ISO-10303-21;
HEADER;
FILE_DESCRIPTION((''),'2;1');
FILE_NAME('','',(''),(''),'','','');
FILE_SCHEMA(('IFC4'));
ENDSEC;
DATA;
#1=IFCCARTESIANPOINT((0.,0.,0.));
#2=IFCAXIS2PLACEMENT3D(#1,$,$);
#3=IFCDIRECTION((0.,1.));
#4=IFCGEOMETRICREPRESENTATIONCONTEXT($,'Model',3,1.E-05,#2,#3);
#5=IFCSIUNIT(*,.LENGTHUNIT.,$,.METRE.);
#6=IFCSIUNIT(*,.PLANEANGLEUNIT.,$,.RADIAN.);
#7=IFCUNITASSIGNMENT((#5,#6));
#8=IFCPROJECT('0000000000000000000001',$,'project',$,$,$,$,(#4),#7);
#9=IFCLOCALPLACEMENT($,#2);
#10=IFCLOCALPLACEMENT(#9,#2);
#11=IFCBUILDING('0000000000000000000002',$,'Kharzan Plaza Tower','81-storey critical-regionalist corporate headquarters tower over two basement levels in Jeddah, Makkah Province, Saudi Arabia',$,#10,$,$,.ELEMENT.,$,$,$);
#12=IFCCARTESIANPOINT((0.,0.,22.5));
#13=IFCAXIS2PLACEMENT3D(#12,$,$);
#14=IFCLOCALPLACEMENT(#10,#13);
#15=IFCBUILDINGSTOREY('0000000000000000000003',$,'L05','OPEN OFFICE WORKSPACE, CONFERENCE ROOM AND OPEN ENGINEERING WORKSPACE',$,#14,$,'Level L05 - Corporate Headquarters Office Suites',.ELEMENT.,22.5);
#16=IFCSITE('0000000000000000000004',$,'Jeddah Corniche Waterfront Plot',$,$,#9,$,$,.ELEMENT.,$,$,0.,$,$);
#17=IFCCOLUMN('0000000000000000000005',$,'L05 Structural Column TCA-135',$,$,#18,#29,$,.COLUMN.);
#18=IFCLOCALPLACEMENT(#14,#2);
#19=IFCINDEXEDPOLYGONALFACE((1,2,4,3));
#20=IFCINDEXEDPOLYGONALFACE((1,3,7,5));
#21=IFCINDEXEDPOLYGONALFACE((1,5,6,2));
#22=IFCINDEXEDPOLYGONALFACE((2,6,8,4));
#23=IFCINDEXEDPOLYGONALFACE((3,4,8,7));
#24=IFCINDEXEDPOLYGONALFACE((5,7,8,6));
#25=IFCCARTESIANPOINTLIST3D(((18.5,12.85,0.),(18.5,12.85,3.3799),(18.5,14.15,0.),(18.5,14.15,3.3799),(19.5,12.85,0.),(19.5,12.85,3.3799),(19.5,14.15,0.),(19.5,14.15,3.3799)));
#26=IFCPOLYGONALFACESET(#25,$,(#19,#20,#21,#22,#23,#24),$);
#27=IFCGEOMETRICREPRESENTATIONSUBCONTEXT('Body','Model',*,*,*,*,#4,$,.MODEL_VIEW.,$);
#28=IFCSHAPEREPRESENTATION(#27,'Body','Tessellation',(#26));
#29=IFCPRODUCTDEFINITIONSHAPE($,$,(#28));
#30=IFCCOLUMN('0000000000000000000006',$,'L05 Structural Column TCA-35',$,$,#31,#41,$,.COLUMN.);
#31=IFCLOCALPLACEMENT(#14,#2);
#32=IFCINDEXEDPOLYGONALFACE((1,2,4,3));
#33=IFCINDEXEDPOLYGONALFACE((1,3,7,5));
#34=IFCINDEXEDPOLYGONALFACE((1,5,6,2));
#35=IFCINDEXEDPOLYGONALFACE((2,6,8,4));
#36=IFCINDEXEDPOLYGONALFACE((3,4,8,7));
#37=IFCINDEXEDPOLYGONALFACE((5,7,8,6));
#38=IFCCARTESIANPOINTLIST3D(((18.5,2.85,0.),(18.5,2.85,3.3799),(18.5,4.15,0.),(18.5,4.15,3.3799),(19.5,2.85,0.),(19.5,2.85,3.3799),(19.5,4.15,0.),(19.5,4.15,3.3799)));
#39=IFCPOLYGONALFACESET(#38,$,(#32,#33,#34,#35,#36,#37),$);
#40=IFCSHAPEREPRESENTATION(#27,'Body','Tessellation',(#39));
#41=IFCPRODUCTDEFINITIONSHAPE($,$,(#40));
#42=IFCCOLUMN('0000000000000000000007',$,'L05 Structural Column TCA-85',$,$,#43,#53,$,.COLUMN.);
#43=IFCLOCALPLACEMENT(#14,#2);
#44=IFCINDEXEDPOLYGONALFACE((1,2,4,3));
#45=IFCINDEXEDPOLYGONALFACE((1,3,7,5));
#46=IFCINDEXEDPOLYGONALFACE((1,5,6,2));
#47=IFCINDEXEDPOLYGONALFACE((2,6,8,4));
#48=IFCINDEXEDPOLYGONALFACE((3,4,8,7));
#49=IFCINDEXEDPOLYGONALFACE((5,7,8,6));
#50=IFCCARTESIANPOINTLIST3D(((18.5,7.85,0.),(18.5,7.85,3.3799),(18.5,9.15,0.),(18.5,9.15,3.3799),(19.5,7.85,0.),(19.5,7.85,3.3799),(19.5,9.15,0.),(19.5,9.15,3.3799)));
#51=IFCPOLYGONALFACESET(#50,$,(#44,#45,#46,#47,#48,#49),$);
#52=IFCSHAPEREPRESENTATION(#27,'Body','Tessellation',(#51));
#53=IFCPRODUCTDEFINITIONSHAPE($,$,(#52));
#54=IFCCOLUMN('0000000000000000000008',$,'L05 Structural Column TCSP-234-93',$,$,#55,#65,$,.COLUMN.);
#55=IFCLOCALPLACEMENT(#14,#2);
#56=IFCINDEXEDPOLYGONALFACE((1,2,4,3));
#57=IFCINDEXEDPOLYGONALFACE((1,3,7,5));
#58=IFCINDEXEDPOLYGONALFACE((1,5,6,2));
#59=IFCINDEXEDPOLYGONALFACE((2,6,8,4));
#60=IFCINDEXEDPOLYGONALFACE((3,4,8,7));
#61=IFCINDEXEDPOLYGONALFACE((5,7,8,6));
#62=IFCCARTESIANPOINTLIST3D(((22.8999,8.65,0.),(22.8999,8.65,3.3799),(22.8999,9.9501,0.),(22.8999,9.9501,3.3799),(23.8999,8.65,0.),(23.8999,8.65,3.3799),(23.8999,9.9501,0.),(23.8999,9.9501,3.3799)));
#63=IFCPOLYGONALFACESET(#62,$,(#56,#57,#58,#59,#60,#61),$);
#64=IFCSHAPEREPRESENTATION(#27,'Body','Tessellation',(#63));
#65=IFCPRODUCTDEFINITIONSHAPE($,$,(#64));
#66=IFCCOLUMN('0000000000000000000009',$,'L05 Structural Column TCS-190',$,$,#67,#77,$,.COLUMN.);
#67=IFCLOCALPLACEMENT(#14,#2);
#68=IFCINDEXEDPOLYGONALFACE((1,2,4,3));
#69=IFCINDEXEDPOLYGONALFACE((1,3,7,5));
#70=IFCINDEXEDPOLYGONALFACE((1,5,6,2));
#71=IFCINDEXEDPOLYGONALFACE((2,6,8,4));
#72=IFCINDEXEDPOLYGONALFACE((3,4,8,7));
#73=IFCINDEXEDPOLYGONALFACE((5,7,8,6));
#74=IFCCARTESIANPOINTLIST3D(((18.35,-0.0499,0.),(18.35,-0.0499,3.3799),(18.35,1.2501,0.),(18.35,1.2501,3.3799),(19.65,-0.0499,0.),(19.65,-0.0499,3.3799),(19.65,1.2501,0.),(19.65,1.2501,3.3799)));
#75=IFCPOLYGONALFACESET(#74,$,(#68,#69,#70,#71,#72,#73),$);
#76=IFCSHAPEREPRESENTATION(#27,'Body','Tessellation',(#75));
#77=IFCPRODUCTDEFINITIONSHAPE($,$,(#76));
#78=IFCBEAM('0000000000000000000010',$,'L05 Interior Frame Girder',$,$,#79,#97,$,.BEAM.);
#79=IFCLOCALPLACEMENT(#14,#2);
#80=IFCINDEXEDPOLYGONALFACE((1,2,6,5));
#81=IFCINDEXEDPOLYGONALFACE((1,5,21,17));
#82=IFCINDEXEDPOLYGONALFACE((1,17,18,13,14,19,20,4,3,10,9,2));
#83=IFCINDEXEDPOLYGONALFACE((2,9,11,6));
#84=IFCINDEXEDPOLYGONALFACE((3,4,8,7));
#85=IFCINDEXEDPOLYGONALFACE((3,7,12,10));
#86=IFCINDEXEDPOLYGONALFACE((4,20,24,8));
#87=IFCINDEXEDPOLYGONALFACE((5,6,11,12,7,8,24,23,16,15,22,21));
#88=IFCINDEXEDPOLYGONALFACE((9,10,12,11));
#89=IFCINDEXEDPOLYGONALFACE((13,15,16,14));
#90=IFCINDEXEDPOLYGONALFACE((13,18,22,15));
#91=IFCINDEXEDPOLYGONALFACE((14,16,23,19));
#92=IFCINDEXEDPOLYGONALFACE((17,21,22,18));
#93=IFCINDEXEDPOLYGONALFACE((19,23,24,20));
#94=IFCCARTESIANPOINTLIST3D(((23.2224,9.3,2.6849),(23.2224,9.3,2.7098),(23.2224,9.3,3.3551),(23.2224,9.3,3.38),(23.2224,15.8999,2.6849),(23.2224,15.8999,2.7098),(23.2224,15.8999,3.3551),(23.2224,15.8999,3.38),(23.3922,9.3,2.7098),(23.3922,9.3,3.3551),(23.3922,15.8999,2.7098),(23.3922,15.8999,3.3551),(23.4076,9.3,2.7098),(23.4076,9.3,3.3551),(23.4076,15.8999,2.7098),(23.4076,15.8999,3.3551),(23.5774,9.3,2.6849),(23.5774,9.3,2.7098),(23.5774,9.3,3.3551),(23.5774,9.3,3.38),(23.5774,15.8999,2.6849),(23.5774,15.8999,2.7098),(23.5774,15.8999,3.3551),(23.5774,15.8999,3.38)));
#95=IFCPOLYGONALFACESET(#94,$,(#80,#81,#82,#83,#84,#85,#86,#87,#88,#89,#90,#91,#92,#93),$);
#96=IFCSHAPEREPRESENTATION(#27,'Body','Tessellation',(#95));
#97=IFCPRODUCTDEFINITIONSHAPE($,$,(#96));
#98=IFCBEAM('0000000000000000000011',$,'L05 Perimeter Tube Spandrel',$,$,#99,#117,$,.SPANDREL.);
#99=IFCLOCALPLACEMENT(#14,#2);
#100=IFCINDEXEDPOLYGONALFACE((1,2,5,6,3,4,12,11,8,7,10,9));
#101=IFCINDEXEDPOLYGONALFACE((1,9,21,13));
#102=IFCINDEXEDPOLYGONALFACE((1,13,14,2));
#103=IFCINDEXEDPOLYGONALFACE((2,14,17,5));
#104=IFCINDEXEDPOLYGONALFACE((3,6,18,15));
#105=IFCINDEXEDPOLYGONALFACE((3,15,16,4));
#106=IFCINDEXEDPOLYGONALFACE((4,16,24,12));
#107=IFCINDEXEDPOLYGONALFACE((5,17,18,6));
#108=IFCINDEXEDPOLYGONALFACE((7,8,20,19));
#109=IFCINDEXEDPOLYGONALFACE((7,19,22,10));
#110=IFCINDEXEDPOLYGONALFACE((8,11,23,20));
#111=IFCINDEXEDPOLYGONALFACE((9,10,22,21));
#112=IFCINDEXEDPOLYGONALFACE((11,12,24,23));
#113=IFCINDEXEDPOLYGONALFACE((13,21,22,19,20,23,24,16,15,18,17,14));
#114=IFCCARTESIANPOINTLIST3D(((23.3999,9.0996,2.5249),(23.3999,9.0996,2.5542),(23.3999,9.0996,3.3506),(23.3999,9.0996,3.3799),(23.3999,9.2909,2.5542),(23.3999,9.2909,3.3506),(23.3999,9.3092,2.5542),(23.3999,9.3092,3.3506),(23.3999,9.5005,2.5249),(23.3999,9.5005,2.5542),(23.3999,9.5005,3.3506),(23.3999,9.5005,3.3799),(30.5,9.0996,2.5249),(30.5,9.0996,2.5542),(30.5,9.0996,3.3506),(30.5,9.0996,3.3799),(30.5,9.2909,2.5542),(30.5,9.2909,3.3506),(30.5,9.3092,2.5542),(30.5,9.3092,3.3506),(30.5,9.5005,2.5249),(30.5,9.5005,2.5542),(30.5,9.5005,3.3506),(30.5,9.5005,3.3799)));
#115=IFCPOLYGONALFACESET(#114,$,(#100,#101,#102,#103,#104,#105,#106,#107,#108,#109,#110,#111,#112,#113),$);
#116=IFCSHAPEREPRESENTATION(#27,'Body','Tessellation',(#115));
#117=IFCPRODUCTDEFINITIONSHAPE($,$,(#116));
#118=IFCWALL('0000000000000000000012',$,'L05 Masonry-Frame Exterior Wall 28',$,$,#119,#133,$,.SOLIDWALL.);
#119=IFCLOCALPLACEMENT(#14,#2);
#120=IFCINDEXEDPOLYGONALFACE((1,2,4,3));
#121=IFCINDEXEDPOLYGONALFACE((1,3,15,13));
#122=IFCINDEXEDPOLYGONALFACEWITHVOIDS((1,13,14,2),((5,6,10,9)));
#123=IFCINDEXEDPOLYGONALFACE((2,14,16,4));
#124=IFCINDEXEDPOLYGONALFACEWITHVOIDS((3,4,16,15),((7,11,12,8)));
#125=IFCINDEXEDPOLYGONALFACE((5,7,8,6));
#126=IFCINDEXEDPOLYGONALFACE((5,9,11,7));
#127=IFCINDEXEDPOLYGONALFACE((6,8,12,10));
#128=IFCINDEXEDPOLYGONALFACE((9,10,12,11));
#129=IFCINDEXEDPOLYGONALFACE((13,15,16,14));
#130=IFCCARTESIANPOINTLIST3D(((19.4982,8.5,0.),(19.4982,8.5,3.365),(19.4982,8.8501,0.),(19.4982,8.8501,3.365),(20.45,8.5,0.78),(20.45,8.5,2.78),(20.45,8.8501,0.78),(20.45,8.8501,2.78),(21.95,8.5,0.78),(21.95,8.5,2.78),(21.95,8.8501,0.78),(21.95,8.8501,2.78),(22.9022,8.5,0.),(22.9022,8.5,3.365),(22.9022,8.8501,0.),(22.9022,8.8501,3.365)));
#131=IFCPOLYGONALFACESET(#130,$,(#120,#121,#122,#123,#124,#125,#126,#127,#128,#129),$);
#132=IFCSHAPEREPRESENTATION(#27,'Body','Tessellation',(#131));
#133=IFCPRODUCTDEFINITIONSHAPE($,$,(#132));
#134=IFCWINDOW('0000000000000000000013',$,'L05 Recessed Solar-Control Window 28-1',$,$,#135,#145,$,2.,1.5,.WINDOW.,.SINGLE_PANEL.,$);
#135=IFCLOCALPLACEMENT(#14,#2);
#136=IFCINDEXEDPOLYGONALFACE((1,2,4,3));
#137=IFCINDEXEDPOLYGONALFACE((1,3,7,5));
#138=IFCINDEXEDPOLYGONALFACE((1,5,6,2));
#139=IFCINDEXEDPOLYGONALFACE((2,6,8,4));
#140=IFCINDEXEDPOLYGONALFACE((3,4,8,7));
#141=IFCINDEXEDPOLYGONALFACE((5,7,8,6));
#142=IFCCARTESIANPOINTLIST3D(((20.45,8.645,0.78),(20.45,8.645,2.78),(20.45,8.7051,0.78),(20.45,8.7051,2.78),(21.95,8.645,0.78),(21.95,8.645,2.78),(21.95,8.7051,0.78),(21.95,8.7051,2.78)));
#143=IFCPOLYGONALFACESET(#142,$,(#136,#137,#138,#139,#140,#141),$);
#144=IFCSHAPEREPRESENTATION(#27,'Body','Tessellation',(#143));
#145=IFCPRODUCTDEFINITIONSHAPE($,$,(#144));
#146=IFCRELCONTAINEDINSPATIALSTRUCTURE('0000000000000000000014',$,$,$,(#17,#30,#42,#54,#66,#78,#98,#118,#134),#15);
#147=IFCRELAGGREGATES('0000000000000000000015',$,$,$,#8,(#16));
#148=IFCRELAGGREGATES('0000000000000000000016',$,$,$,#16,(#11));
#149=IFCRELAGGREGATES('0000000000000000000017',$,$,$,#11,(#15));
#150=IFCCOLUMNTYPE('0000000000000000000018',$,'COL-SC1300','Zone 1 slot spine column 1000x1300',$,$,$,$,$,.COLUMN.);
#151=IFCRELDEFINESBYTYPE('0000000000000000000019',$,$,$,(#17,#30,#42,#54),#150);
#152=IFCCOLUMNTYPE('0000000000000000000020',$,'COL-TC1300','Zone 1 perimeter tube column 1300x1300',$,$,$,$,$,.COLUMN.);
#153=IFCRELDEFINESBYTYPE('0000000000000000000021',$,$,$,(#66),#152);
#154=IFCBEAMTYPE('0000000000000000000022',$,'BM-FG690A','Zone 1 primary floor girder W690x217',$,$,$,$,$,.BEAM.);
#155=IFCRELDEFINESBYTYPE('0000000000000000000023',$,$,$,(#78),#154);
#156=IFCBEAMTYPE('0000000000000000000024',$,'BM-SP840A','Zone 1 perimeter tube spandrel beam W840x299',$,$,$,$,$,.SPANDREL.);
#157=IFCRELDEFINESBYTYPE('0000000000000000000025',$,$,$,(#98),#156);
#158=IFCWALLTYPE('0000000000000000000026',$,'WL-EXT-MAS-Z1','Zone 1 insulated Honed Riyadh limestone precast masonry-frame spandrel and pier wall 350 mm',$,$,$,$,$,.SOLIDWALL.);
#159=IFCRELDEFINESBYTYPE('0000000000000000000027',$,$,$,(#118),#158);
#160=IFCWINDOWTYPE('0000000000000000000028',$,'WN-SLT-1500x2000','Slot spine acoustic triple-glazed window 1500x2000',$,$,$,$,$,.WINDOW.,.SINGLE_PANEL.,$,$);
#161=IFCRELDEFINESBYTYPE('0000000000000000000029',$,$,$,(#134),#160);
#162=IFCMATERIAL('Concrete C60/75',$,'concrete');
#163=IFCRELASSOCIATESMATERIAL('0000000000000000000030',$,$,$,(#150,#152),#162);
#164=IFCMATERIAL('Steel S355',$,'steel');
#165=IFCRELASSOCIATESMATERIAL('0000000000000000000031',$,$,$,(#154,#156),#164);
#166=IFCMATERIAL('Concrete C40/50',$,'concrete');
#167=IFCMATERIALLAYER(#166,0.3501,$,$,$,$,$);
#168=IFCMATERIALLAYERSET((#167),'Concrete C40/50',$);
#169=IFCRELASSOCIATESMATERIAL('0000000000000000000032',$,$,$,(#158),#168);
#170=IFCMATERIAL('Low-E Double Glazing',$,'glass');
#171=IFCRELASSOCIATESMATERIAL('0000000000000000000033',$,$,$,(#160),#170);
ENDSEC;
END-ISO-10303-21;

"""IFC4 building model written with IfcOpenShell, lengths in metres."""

from ifc_helpers import new_model, si_unit, direction, frame, frame_2d, origin, origin_2d, place, context, subcontext, project, spatial, rectangle, i_section, extrude, source, transform, mapped, material, layer, layer_set, material_profile, profile_set, type_object, element, fill, save


model = new_model("IFC4")

# Units and contexts
model_context = context("Model", 3, precision=1e-05, world=origin(), true_north=direction((0.0, 1.0)))
body_context = subcontext(model_context, "Body", "Model", "MODEL_VIEW")
ifc_project = project(units=[si_unit("LENGTHUNIT", "METRE"), si_unit("PLANEANGLEUNIT", "RADIAN")], contexts=[model_context])

# Site, building, storey
site_placement = place(None, origin())
site = spatial("IfcSite", under=ifc_project, at=site_placement, Name="Jeddah Corniche Waterfront Plot", CompositionType="ELEMENT", RefElevation=0.0)
building_placement = place(site_placement, origin())
building = spatial("IfcBuilding", under=site, at=building_placement, Name="Kharzan Plaza Tower", Description="81-storey critical-regionalist corporate headquarters tower over two basement levels in Jeddah, Makkah Province, Saudi Arabia", CompositionType="ELEMENT")
storey_placement = place(building_placement, frame((0.0, 0.0, 22.5)))
storey = spatial("IfcBuildingStorey", under=building, at=storey_placement, Name="L05", Description="OPEN OFFICE WORKSPACE, CONFERENCE ROOM AND OPEN ENGINEERING WORKSPACE", LongName="Level L05 - Corporate Headquarters Office Suites", CompositionType="ELEMENT", Elevation=22.5)

# Columns
ifc_material_1 = material(Name="Concrete C60/75", Category="concrete")
ifc_material_profile_1 = material_profile(ifc_material_1, rectangle(XDim=1.0, YDim=1.3, at=origin_2d()), Name="RC-SC1300x1000")
ifc_profile_set_1 = profile_set([ifc_material_profile_1], Name="Concrete C60/75")
column_type_1 = type_object("IfcColumnType", Name="COL-SC1300", Description="Zone 1 slot spine column 1000x1300", PredefinedType="COLUMN", material=ifc_profile_set_1)
shared_shape_1 = source(origin(), body_context, "Body", "SweptSolid", [
    extrude(rectangle(XDim=1.0, YDim=1.3, at=origin_2d()), origin(), (0.0, 0.0, 1.0), 3.3799),
])
for number, where, z_axis, x_axis, name in (
    (1, (19.0, 13.5, 0.0), (0.0, 0.0, 1.0), (1.0, 0.0, 0.0), "L05 Structural Column TCA-135"),
    (2, (19.0, 3.5, 0.0), (0.0, 0.0, 1.0), (1.0, 0.0, 0.0), "L05 Structural Column TCA-35"),
    (3, (19.0, 8.5, 0.0), (0.0, 0.0, 1.0), (1.0, 0.0, 0.0), "L05 Structural Column TCA-85"),
    (4, (23.3999, 9.3, 0.0), (0.0, 0.0, 1.0), (1.0, 0.0, 0.0), "L05 Structural Column TCSP-234-93"),
):
    element("IfcColumn", number, at=place(storey_placement, frame(where, z_axis=z_axis, x_axis=x_axis)), inside=storey, type_object=column_type_1, Name=name, PredefinedType="COLUMN", context=body_context, shape_type="MappedRepresentation", body=[
        mapped(shared_shape_1, transform((0.0, 0.0, 0.0), x_axis=(1.0, 0.0, 0.0), y_axis=(0.0, 1.0, 0.0), z_axis=(0.0, 0.0, 1.0))),
    ])
ifc_material_profile_2 = material_profile(ifc_material_1, rectangle(XDim=1.3, YDim=1.3, at=origin_2d()), Name="RC-TC1300x1300")
ifc_profile_set_2 = profile_set([ifc_material_profile_2], Name="Concrete C60/75")
column_type_2 = type_object("IfcColumnType", Name="COL-TC1300", Description="Zone 1 perimeter tube column 1300x1300", PredefinedType="COLUMN", material=ifc_profile_set_2)
shared_shape_2 = source(origin(), body_context, "Body", "SweptSolid", [
    extrude(rectangle(XDim=1.3, YDim=1.3, at=origin_2d()), origin(), (0.0, 0.0, 1.0), 3.3799),
])
column_placement = place(storey_placement, frame((19.0, 0.6001, 0.0), z_axis=(0.0, 0.0, 1.0), x_axis=(1.0, 0.0, 0.0)))
element("IfcColumn", 5, at=column_placement, inside=storey, type_object=column_type_2, Name="L05 Structural Column TCS-190", PredefinedType="COLUMN", context=body_context, shape_type="MappedRepresentation", body=[
    mapped(shared_shape_2, transform((0.0, 0.0, 0.0), x_axis=(1.0, 0.0, 0.0), y_axis=(0.0, 1.0, 0.0), z_axis=(0.0, 0.0, 1.0))),
])

# Beams
ifc_material_2 = material(Name="Steel S355", Category="steel")
ifc_material_profile_3 = material_profile(ifc_material_2, i_section(OverallWidth=0.355, OverallDepth=0.6951, WebThickness=0.0154, FlangeThickness=0.0249, at=origin_2d()), Name="W690x217")
ifc_profile_set_3 = profile_set([ifc_material_profile_3], Name="Steel S355")
beam_type_1 = type_object("IfcBeamType", Name="BM-FG690A", Description="Zone 1 primary floor girder W690x217", PredefinedType="BEAM", material=ifc_profile_set_3)
shared_shape_3 = source(origin(), body_context, "Body", "SweptSolid", [
    extrude(i_section(OverallWidth=0.355, OverallDepth=0.6951, WebThickness=0.0154, FlangeThickness=0.0249, at=origin_2d()), origin(), (0.0, 0.0, 1.0), 6.5999),
])
beam_1_placement = place(storey_placement, frame((23.3999, 9.3, 3.0325), z_axis=(0.0, 1.0, 0.0), x_axis=(-1.0, 0.0, 0.0)))
element("IfcBeam", 6, at=beam_1_placement, inside=storey, type_object=beam_type_1, Name="L05 Interior Frame Girder", PredefinedType="BEAM", context=body_context, shape_type="MappedRepresentation", body=[
    mapped(shared_shape_3, transform((0.0, 0.0, 0.0), x_axis=(1.0, 0.0, 0.0), y_axis=(0.0, 1.0, 0.0), z_axis=(0.0, 0.0, 1.0))),
])
ifc_material_profile_4 = material_profile(ifc_material_2, i_section(OverallWidth=0.4009, OverallDepth=0.855, WebThickness=0.0183, FlangeThickness=0.0293, at=origin_2d()), Name="W840x299")
ifc_profile_set_4 = profile_set([ifc_material_profile_4], Name="Steel S355")
beam_type_2 = type_object("IfcBeamType", Name="BM-SP840A", Description="Zone 1 perimeter tube spandrel beam W840x299", PredefinedType="SPANDREL", material=ifc_profile_set_4)
shared_shape_4 = source(origin(), body_context, "Body", "SweptSolid", [
    extrude(i_section(OverallWidth=0.4009, OverallDepth=0.855, WebThickness=0.0183, FlangeThickness=0.0293, at=origin_2d()), origin(), (0.0, 0.0, 1.0), 7.1001),
])
beam_2_placement = place(storey_placement, frame((23.3999, 9.3, 2.9524), z_axis=(1.0, 0.0, 0.0), x_axis=(0.0, 1.0, 0.0)))
element("IfcBeam", 7, at=beam_2_placement, inside=storey, type_object=beam_type_2, Name="L05 Perimeter Tube Spandrel", PredefinedType="SPANDREL", context=body_context, shape_type="MappedRepresentation", body=[
    mapped(shared_shape_4, transform((0.0, 0.0, 0.0), x_axis=(1.0, 0.0, 0.0), y_axis=(0.0, 1.0, 0.0), z_axis=(0.0, 0.0, 1.0))),
])

# Wall, opening, window
ifc_material_3 = material(Name="Concrete C40/50", Category="concrete")
ifc_layer_1 = layer(ifc_material_3, 0.3501)
ifc_layer_set_1 = layer_set([ifc_layer_1], Name="Concrete C40/50")
wall_type_1 = type_object("IfcWallType", Name="WL-EXT-MAS-Z1", Description="Zone 1 insulated Honed Riyadh limestone precast masonry-frame spandrel and pier wall 350 mm", PredefinedType="SOLIDWALL", material=ifc_layer_set_1)
wall_1_placement = place(storey_placement, frame((19.498, 8.675, 0.0), z_axis=(0.0, 0.0, 1.0), x_axis=(1.0, 0.0, 0.0)))
wall_1 = element("IfcWall", 8, at=wall_1_placement, inside=storey, type_object=wall_type_1, Name="L05 Masonry-Frame Exterior Wall 28", PredefinedType="SOLIDWALL", context=body_context, shape_type="SweptSolid", body=[
    extrude(rectangle(XDim=3.4041, YDim=0.3501, at=frame_2d((1.7021, 0.0))), origin(), (0.0, 0.0, 1.0), 3.365),
])
opening_1_placement = place(wall_1_placement, frame((0.9519, 0.0, 0.78)))
opening_1 = element("IfcOpeningElement", 9, at=opening_1_placement, cuts=wall_1, PredefinedType="OPENING", context=body_context, shape_type="SweptSolid", body=[
    extrude(rectangle(XDim=1.5, YDim=2.0, at=frame_2d((0.75, 1.0))), frame((0.0, 0.1851, 0.0), z_axis=(0.0, -1.0, 0.0), x_axis=(1.0, 0.0, 0.0)), (0.0, 0.0, 1.0), 0.3701),
])
ifc_material_4 = material(Name="Low-E Double Glazing", Category="glass")
window_type = type_object("IfcWindowType", Name="WN-SLT-1500x2000", Description="Slot spine acoustic triple-glazed window 1500x2000", PartitioningType="SINGLE_PANEL", PredefinedType="WINDOW", material=ifc_material_4)
shared_shape_5 = source(origin(), body_context, "Body", "SweptSolid", [
    extrude(rectangle(XDim=1.5, YDim=2.0, at=frame_2d((0.75, 1.0))), frame((0.0, 0.03, 0.0), z_axis=(0.0, -1.0, 0.0), x_axis=(1.0, 0.0, 0.0)), (0.0, 0.0, 1.0), 0.0601),
])
window_1_placement = place(opening_1_placement, origin())
window_1 = element("IfcWindow", 10, at=window_1_placement, inside=storey, type_object=window_type, Name="L05 Recessed Solar-Control Window 28-1", OverallHeight=2.0, OverallWidth=1.5, PartitioningType="SINGLE_PANEL", PredefinedType="WINDOW", context=body_context, shape_type="MappedRepresentation", body=[
    mapped(shared_shape_5, transform((0.0, 0.0, 0.0), x_axis=(1.0, 0.0, 0.0), y_axis=(0.0, 1.0, 0.0), z_axis=(0.0, 0.0, 1.0))),
])
fill(opening_1, window_1)

save(model, "model.ifc")
